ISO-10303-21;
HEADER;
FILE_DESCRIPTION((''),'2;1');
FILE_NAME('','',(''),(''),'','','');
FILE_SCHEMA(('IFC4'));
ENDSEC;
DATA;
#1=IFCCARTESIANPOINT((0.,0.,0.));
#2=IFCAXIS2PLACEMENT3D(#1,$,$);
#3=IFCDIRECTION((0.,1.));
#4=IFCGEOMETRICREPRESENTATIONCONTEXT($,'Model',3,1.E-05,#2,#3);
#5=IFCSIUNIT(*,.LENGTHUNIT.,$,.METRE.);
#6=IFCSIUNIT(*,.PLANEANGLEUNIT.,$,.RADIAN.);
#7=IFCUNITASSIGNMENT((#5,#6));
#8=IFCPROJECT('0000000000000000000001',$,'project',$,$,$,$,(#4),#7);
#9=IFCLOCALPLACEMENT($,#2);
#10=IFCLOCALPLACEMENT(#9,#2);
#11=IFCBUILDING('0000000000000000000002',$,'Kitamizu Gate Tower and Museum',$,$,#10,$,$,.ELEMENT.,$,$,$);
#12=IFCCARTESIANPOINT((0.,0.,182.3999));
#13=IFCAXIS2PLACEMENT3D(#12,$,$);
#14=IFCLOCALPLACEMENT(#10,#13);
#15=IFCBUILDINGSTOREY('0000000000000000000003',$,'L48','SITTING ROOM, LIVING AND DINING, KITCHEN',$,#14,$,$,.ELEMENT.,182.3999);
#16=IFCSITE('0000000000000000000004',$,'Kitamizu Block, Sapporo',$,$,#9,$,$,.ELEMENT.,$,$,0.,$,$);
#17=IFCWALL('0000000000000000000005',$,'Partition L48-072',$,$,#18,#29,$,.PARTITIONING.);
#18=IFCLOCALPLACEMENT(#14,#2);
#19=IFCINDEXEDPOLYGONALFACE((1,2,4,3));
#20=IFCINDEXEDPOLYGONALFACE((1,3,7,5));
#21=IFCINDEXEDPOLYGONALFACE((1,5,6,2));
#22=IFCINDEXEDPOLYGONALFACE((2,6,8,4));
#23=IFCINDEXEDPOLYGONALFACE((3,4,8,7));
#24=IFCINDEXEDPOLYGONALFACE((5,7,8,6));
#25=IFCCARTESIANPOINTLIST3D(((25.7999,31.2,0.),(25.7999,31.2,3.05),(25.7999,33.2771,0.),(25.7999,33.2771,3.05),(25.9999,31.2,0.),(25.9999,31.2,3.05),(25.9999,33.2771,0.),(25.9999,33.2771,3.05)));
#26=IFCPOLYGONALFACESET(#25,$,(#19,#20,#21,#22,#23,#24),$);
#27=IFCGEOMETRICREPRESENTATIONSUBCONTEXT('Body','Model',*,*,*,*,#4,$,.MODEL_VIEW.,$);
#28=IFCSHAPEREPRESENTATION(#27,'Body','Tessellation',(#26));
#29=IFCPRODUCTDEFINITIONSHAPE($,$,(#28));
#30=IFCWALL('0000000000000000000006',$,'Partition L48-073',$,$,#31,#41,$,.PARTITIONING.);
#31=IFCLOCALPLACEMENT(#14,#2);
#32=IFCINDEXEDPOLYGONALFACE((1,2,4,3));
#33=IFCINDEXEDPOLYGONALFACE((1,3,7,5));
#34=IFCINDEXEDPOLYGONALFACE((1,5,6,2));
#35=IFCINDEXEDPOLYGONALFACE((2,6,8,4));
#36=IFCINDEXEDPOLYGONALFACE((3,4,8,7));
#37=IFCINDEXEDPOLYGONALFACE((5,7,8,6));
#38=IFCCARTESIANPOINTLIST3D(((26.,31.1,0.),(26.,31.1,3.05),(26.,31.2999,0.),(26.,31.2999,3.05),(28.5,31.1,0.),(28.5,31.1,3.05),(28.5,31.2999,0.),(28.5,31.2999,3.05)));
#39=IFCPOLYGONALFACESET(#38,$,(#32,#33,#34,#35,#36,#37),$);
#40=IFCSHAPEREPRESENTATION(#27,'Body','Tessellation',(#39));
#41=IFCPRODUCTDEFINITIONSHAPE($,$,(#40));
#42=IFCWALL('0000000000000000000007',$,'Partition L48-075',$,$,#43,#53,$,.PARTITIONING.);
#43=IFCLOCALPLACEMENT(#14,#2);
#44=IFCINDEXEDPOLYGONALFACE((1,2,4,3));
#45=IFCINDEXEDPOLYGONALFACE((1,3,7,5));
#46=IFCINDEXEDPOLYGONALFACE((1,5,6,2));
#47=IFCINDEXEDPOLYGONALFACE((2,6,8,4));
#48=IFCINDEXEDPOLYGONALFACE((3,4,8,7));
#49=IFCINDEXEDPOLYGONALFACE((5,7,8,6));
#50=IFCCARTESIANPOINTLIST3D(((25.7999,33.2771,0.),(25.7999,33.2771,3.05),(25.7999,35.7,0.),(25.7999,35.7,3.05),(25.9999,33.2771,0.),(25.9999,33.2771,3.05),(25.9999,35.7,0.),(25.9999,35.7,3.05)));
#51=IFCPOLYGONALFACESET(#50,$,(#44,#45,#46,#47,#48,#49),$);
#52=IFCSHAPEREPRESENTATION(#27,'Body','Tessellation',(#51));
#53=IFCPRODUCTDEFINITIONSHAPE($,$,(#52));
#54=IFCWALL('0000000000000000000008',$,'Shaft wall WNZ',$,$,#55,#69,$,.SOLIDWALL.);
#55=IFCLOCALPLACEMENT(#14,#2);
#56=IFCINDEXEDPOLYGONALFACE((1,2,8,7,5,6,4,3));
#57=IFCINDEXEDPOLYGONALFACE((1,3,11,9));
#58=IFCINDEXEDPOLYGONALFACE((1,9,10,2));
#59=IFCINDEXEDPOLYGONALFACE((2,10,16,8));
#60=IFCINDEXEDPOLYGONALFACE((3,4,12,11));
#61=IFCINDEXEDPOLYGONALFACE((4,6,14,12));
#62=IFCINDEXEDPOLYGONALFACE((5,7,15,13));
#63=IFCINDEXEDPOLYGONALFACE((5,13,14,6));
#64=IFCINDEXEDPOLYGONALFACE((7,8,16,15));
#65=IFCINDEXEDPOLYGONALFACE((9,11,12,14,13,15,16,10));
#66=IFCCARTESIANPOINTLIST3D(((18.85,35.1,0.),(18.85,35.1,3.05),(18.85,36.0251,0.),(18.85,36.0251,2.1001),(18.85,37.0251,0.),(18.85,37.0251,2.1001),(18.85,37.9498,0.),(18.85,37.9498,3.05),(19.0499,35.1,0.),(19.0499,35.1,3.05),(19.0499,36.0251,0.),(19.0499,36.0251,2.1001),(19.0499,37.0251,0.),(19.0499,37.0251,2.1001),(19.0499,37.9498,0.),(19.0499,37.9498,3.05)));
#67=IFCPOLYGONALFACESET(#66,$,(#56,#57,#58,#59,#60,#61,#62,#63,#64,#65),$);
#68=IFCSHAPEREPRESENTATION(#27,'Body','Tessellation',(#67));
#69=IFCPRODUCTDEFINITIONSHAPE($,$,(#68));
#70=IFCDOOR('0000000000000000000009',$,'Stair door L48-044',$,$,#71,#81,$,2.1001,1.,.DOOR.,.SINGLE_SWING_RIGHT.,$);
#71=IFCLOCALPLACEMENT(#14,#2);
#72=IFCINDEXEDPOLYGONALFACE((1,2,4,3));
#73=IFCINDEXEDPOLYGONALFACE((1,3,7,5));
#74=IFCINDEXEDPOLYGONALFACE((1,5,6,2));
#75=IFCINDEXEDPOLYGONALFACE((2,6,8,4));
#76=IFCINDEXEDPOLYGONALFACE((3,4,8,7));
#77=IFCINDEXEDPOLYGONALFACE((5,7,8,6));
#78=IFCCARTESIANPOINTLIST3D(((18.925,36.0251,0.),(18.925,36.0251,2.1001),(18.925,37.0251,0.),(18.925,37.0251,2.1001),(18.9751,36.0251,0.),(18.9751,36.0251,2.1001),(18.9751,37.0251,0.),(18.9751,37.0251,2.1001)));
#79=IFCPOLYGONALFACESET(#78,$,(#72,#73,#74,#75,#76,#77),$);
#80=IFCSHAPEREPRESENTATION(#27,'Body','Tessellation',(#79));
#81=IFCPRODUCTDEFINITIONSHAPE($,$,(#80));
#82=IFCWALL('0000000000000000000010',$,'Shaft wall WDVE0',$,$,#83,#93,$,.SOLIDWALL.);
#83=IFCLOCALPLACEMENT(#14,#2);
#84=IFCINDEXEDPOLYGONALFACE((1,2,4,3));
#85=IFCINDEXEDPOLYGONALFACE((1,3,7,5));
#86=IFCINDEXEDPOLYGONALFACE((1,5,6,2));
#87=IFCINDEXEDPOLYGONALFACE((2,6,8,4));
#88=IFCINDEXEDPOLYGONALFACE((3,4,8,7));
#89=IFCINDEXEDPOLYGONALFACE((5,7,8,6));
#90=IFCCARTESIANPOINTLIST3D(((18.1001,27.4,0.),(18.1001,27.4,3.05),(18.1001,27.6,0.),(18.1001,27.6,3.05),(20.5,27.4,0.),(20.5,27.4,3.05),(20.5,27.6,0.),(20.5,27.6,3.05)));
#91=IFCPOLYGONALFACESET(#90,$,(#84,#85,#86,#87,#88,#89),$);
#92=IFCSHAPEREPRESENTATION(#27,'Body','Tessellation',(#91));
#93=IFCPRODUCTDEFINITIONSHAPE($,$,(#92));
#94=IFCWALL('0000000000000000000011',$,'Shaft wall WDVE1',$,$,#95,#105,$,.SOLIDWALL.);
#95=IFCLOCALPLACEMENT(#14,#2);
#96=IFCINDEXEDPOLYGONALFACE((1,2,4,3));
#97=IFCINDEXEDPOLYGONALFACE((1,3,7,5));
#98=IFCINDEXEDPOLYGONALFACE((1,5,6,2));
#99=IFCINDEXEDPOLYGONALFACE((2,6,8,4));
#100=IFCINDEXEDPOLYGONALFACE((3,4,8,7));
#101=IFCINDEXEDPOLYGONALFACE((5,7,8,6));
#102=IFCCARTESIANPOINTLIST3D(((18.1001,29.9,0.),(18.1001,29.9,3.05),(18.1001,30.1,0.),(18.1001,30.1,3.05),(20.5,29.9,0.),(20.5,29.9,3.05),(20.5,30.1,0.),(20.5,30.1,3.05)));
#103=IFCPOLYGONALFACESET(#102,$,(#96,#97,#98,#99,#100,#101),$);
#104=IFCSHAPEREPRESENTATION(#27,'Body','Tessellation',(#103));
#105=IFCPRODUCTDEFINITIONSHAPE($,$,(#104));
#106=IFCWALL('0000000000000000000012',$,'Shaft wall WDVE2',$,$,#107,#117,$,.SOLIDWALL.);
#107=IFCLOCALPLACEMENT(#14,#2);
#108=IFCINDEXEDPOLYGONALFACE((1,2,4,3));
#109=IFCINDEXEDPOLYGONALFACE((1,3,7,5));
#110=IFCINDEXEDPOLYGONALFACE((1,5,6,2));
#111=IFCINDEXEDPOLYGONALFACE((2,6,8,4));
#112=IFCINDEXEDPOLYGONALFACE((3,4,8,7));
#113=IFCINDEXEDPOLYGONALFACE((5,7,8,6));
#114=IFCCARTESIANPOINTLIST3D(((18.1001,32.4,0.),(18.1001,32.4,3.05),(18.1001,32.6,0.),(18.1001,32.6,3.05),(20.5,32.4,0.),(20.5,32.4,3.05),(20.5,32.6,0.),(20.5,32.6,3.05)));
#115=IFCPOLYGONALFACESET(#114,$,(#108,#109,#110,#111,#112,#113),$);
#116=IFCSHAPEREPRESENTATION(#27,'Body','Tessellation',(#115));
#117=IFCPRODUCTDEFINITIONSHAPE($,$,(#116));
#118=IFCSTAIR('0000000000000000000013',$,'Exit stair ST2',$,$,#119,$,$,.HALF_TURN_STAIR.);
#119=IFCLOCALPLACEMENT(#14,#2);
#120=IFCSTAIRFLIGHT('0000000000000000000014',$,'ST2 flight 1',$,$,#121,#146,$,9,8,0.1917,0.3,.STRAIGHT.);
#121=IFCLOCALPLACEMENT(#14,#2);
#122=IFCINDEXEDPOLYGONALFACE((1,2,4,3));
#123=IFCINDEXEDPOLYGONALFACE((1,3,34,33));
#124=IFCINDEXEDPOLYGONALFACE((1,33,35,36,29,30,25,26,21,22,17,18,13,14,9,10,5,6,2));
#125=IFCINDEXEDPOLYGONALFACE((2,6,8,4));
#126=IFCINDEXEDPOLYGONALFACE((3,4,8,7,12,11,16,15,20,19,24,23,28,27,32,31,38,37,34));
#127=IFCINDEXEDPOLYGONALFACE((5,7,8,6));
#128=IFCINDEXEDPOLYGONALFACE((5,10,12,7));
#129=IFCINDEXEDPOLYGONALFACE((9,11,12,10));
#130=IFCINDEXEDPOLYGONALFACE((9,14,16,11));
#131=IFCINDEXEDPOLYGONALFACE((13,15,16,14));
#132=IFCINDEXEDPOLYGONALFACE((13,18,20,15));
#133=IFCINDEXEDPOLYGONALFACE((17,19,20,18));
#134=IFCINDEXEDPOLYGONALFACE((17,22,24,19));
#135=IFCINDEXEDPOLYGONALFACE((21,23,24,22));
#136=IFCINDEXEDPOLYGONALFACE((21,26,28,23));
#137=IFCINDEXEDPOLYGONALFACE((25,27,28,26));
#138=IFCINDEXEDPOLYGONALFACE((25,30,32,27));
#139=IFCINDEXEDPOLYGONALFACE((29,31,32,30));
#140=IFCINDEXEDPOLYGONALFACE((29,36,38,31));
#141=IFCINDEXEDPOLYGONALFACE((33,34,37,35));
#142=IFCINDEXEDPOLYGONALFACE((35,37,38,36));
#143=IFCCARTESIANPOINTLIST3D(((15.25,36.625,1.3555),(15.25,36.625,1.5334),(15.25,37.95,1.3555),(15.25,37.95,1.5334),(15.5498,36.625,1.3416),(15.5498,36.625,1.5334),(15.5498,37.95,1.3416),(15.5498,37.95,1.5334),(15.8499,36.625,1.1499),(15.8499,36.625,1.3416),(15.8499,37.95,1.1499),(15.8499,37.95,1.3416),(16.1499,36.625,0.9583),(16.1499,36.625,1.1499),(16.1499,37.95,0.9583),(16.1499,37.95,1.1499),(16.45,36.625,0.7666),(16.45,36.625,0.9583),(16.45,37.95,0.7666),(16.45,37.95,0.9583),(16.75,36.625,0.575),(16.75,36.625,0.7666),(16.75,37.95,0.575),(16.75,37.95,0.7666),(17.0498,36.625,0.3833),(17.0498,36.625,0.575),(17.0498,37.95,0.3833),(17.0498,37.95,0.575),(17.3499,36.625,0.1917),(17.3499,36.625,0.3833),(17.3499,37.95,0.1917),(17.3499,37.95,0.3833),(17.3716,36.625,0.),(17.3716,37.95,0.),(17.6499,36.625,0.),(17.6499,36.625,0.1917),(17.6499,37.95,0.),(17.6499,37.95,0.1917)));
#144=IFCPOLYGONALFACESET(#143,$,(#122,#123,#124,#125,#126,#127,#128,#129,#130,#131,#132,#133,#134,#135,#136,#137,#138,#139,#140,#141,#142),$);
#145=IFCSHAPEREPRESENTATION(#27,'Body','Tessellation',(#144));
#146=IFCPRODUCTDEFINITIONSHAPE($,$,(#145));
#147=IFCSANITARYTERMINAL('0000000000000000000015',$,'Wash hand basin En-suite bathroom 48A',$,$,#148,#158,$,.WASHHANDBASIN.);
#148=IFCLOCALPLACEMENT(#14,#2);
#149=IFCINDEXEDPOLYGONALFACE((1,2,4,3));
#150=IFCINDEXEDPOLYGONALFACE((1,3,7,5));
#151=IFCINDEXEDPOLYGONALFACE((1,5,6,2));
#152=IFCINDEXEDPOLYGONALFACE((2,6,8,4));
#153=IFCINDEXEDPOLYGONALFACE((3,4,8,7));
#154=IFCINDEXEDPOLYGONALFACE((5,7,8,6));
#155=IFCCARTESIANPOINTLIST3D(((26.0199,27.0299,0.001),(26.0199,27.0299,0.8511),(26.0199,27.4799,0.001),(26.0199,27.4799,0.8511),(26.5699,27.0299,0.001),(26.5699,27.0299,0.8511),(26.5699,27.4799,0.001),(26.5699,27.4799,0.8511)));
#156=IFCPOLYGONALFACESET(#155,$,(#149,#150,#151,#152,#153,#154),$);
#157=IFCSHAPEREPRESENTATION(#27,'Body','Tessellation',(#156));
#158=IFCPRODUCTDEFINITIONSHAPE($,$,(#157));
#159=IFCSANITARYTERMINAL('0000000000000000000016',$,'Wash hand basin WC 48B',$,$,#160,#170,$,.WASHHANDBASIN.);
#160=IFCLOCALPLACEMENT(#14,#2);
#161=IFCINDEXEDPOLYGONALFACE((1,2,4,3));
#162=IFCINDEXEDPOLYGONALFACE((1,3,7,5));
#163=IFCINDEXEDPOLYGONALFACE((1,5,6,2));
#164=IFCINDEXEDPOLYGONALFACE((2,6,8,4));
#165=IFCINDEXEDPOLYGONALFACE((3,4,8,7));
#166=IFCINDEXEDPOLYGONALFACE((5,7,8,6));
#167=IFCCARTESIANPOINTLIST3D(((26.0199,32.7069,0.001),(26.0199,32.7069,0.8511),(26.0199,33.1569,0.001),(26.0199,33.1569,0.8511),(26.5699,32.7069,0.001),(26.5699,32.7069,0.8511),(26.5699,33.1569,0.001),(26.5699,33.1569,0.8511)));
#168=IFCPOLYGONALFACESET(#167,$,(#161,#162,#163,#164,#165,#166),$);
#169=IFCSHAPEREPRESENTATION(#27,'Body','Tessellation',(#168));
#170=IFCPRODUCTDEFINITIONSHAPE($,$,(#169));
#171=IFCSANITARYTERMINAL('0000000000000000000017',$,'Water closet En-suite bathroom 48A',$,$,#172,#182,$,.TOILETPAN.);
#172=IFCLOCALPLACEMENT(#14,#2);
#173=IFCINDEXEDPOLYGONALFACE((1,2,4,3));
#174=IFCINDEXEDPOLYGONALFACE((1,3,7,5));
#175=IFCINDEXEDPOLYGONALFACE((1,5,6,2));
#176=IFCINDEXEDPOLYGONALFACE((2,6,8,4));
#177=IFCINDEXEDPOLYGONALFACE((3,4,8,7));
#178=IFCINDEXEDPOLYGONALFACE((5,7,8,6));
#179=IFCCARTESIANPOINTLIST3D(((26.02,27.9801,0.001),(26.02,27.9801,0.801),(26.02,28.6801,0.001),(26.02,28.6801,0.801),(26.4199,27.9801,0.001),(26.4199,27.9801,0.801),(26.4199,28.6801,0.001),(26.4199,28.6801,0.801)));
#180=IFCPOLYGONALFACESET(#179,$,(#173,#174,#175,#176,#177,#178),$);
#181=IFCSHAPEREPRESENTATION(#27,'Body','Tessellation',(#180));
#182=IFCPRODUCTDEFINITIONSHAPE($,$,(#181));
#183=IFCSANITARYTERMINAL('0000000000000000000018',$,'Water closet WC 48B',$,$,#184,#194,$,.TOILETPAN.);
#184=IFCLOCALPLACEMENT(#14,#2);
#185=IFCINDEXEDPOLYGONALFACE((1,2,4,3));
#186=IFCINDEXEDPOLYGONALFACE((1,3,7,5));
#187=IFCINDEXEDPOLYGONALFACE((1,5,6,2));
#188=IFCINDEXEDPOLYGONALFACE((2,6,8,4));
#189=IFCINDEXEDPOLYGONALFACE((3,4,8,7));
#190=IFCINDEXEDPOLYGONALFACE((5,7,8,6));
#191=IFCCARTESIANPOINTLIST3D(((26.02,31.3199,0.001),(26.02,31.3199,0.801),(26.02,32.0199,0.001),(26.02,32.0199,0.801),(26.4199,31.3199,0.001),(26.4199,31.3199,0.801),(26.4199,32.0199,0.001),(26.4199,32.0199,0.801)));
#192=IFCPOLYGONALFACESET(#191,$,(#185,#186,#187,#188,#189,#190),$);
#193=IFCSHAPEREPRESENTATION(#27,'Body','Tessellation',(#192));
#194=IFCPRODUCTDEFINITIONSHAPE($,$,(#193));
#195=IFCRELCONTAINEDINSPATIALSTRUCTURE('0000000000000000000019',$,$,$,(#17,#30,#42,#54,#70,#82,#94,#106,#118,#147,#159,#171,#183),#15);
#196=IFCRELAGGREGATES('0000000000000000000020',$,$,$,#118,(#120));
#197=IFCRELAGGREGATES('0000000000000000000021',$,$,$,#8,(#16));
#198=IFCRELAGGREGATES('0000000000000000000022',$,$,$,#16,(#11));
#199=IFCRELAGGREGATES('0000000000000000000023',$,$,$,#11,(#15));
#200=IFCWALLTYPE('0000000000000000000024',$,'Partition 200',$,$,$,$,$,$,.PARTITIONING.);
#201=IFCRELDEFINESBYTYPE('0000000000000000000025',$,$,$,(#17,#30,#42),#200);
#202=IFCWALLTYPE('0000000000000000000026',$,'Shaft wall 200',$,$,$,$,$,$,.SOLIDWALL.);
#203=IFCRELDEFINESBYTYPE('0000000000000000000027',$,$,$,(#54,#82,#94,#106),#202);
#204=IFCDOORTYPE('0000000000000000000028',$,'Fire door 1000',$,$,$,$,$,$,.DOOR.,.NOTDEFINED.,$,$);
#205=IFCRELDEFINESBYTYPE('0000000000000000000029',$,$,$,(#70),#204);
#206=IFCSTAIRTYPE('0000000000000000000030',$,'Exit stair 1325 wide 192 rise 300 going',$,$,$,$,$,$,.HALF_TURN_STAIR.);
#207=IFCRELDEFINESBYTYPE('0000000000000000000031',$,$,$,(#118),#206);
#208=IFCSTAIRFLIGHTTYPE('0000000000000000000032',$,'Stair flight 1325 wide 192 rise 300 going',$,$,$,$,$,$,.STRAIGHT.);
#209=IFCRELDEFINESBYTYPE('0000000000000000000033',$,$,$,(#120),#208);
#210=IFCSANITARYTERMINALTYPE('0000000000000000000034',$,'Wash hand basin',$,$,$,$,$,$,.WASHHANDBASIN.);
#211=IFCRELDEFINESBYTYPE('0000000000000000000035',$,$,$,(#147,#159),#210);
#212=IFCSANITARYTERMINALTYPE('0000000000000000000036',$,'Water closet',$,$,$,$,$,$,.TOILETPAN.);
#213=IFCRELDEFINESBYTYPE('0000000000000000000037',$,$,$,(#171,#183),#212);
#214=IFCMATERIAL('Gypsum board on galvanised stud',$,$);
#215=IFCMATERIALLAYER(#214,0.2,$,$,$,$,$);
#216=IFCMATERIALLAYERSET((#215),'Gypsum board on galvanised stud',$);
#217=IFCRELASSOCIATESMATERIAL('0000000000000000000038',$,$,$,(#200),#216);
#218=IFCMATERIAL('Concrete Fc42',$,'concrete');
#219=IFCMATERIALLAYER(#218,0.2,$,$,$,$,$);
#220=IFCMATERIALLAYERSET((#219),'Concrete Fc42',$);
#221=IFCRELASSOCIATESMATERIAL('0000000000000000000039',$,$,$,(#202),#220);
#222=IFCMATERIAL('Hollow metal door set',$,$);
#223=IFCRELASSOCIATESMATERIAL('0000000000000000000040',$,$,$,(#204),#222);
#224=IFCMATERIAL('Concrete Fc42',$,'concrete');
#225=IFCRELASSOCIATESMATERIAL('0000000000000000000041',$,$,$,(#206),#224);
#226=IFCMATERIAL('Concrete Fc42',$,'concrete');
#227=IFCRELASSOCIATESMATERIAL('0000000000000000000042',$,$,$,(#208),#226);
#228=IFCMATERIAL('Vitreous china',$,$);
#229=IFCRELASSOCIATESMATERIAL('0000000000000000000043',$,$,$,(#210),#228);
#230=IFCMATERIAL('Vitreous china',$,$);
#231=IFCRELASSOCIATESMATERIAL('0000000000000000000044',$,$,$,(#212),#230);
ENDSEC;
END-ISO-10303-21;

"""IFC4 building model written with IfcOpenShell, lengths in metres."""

from ifc_helpers import new_model, si_unit, direction, frame, frame_2d, origin, origin_2d, place, context, subcontext, project, spatial, polyline, rectangle, outline, extrude, material, layer, layer_set, type_object, element, fill, aggregate, save


model = new_model("IFC4")

# Units and contexts
model_context = context("Model", 3, precision=1e-05, world=origin(), true_north=direction((0.0, 1.0)))
body_context = subcontext(model_context, "Body", "Model", "MODEL_VIEW")
ifc_project = project(units=[si_unit("LENGTHUNIT", "METRE"), si_unit("PLANEANGLEUNIT", "RADIAN")], contexts=[model_context])

# Site, building, storey
site_placement = place(None, origin())
site = spatial("IfcSite", under=ifc_project, at=site_placement, Name="Kitamizu Block, Sapporo", CompositionType="ELEMENT", RefElevation=0.0)
building_placement = place(site_placement, origin())
building = spatial("IfcBuilding", under=site, at=building_placement, Name="Kitamizu Gate Tower and Museum", CompositionType="ELEMENT")
storey_placement = place(building_placement, frame((0.0, 0.0, 182.3999)))
storey = spatial("IfcBuildingStorey", under=building, at=storey_placement, Name="L48", Description="SITTING ROOM, LIVING AND DINING, KITCHEN", CompositionType="ELEMENT", Elevation=182.3999)

# Walls
ifc_material_1 = material(Name="Gypsum board on galvanised stud")
ifc_layer_1 = layer(ifc_material_1, 0.2)
ifc_layer_set_1 = layer_set([ifc_layer_1], Name="Gypsum board on galvanised stud")
wall_type_1 = type_object("IfcWallType", Name="Partition 200", PredefinedType="PARTITIONING", material=ifc_layer_set_1)
wall_1_placement = place(storey_placement, frame((25.8999, 33.2771, 0.0), z_axis=(0.0, 0.0, 1.0), x_axis=(0.0, -1.0, 0.0)))
element("IfcWall", 1, at=wall_1_placement, inside=storey, type_object=wall_type_1, Name="Partition L48-072", PredefinedType="PARTITIONING", context=body_context, shape_type="SweptSolid", body=[
    extrude(rectangle(XDim=2.0771, YDim=0.2, at=frame_2d((1.0386, 0.0))), origin(), (0.0, 0.0, 1.0), 3.05),
])
wall_2_placement = place(storey_placement, frame((26.0, 31.2, 0.0), z_axis=(0.0, 0.0, 1.0), x_axis=(1.0, 0.0, 0.0)))
element("IfcWall", 2, at=wall_2_placement, inside=storey, type_object=wall_type_1, Name="Partition L48-073", PredefinedType="PARTITIONING", context=body_context, shape_type="SweptSolid", body=[
    extrude(rectangle(XDim=2.5, YDim=0.2, at=frame_2d((1.25, 0.0))), origin(), (0.0, 0.0, 1.0), 3.05),
])
wall_3_placement = place(storey_placement, frame((25.8999, 35.7, 0.0), z_axis=(0.0, 0.0, 1.0), x_axis=(0.0, -1.0, 0.0)))
element("IfcWall", 3, at=wall_3_placement, inside=storey, type_object=wall_type_1, Name="Partition L48-075", PredefinedType="PARTITIONING", context=body_context, shape_type="SweptSolid", body=[
    extrude(rectangle(XDim=2.4229, YDim=0.2, at=frame_2d((1.2114, 0.0))), origin(), (0.0, 0.0, 1.0), 3.05),
])

# Wall, opening, door
ifc_material_2 = material(Name="Concrete Fc42", Category="concrete")
ifc_layer_2 = layer(ifc_material_2, 0.2)
ifc_layer_set_2 = layer_set([ifc_layer_2], Name="Concrete Fc42")
wall_type_2 = type_object("IfcWallType", Name="Shaft wall 200", PredefinedType="SOLIDWALL", material=ifc_layer_set_2)
wall_4_placement = place(storey_placement, frame((18.95, 35.1001, 0.0), z_axis=(0.0, 0.0, 1.0), x_axis=(0.0, 1.0, 0.0)))
wall_4 = element("IfcWall", 4, at=wall_4_placement, inside=storey, type_object=wall_type_2, Name="Shaft wall WNZ", PredefinedType="SOLIDWALL", context=body_context, shape_type="SweptSolid", body=[
    extrude(rectangle(XDim=2.8499, YDim=0.2, at=frame_2d((1.4248, 0.0))), origin(), (0.0, 0.0, 1.0), 3.05),
])
opening_1_placement = place(wall_4_placement, frame((0.925, 0.0, 0.0)))
opening_1 = element("IfcOpeningElement", 5, at=opening_1_placement, cuts=wall_4, PredefinedType="OPENING", context=body_context, shape_type="SweptSolid", body=[
    extrude(rectangle(XDim=1.0, YDim=2.1001, at=frame_2d((0.5, 1.05))), frame((0.0, 0.1099, 0.0), z_axis=(0.0, -1.0, 0.0), x_axis=(1.0, 0.0, 0.0)), (0.0, 0.0, 1.0), 0.22),
])
ifc_material_3 = material(Name="Hollow metal door set")
door_type_1 = type_object("IfcDoorType", Name="Fire door 1000", OperationType="NOTDEFINED", PredefinedType="DOOR", material=ifc_material_3)
door_1_placement = place(opening_1_placement, origin())
door_1 = element("IfcDoor", 6, at=door_1_placement, inside=storey, type_object=door_type_1, Name="Stair door L48-044", OperationType="SINGLE_SWING_RIGHT", OverallHeight=2.1001, OverallWidth=1.0, PredefinedType="DOOR", context=body_context, shape_type="SweptSolid", body=[
    extrude(rectangle(XDim=1.0, YDim=2.1001, at=frame_2d((0.5, 1.05))), frame((0.0, 0.0249, 0.0), z_axis=(0.0, -1.0, 0.0), x_axis=(1.0, 0.0, 0.0)), (0.0, 0.0, 1.0), 0.05),
])
fill(opening_1, door_1)

# Walls
for number, where, z_axis, x_axis, name in (
    (7, (18.1001, 27.5, 0.0), (0.0, 0.0, 1.0), (1.0, 0.0, 0.0), "Shaft wall WDVE0"),
    (8, (18.1001, 30.0, 0.0), (0.0, 0.0, 1.0), (1.0, 0.0, 0.0), "Shaft wall WDVE1"),
    (9, (18.1001, 32.5, 0.0), (0.0, 0.0, 1.0), (1.0, 0.0, 0.0), "Shaft wall WDVE2"),
):
    element("IfcWall", number, at=place(storey_placement, frame(where, z_axis=z_axis, x_axis=x_axis)), inside=storey, type_object=wall_type_2, Name=name, PredefinedType="SOLIDWALL", context=body_context, shape_type="SweptSolid", body=[
        extrude(rectangle(XDim=2.3999, YDim=0.2, at=frame_2d((1.2, 0.0))), origin(), (0.0, 0.0, 1.0), 3.05),
    ])

# Stair, stair flight
ifc_material_4 = material(Name="Concrete Fc42", Category="concrete")
stair_type = type_object("IfcStairType", Name="Exit stair 1325 wide 192 rise 300 going", PredefinedType="HALF_TURN_STAIR", material=ifc_material_4)
stair_placement = place(storey_placement, origin())
stair = element("IfcStair", 10, at=stair_placement, inside=storey, type_object=stair_type, Name="Exit stair ST2", PredefinedType="HALF_TURN_STAIR")
ifc_material_5 = material(Name="Concrete Fc42", Category="concrete")
stair_flight_type = type_object("IfcStairFlightType", Name="Stair flight 1325 wide 192 rise 300 going", PredefinedType="STRAIGHT", material=ifc_material_5)
stair_flight_placement = place(storey_placement, frame((17.6499, 37.2876, 0.0), z_axis=(0.0, 0.0, 1.0), x_axis=(-1.0, 0.0, 0.0)))
stair_flight = element("IfcStairFlight", 11, at=stair_flight_placement, type_object=stair_flight_type, Name="ST2 flight 1", NumberOfRisers=9, NumberOfTreads=8, PredefinedType="STRAIGHT", RiserHeight=0.1917, TreadLength=0.3, context=body_context, shape_type="SweptSolid", body=[
    extrude(outline(polyline([(0.0, 0.0), (0.0, 0.1917), (0.3, 0.1917), (0.3, 0.3833), (0.6001, 0.3833), (0.6001, 0.575), (0.8999, 0.575), (0.8999, 0.7666), (1.2, 0.7666), (1.2, 0.9583), (1.5, 0.9583), (1.5, 1.1499), (1.8, 1.1499), (1.8, 1.3416), (2.1001, 1.3416), (2.1001, 1.5334), (2.3999, 1.5334), (2.3999, 1.7251), (2.3999, 1.3555), (0.2783, 0.0), (0.0, 0.0)])), frame((0.0, 0.6626, 0.0), z_axis=(0.0, -1.0, 0.0), x_axis=(1.0, 0.0, 0.0)), (0.0, 0.0, 1.0), 1.325),
])
aggregate(stair, [stair_flight])

# Sanitary terminals
ifc_material_6 = material(Name="Vitreous china")
sanitary_terminal_type_1 = type_object("IfcSanitaryTerminalType", Name="Wash hand basin", PredefinedType="WASHHANDBASIN", material=ifc_material_6)
for number, where, z_axis, x_axis, name in (
    (12, (26.2949, 27.2549, 0.001), (0.0, 0.0, 1.0), (1.0, 0.0, 0.0), "Wash hand basin En-suite bathroom 48A"),
    (13, (26.2949, 32.9319, 0.001), (0.0, 0.0, 1.0), (1.0, 0.0, 0.0), "Wash hand basin WC 48B"),
):
    element("IfcSanitaryTerminal", number, at=place(storey_placement, frame(where, z_axis=z_axis, x_axis=x_axis)), inside=storey, type_object=sanitary_terminal_type_1, Name=name, PredefinedType="WASHHANDBASIN", context=body_context, shape_type="SweptSolid", body=[
        extrude(rectangle(XDim=0.55, YDim=0.45, at=origin_2d()), origin(), (0.0, 0.0, 1.0), 0.8501),
    ])
ifc_material_7 = material(Name="Vitreous china")
sanitary_terminal_type_2 = type_object("IfcSanitaryTerminalType", Name="Water closet", PredefinedType="TOILETPAN", material=ifc_material_7)
for number, where, z_axis, x_axis, name in (
    (14, (26.22, 28.3301, 0.001), (0.0, 0.0, 1.0), (1.0, 0.0, 0.0), "Water closet En-suite bathroom 48A"),
    (15, (26.22, 31.6699, 0.001), (0.0, 0.0, 1.0), (1.0, 0.0, 0.0), "Water closet WC 48B"),
):
    element("IfcSanitaryTerminal", number, at=place(storey_placement, frame(where, z_axis=z_axis, x_axis=x_axis)), inside=storey, type_object=sanitary_terminal_type_2, Name=name, PredefinedType="TOILETPAN", context=body_context, shape_type="SweptSolid", body=[
        extrude(rectangle(XDim=0.3999, YDim=0.7, at=origin_2d()), origin(), (0.0, 0.0, 1.0), 0.8),
    ])

save(model, "model.ifc")
